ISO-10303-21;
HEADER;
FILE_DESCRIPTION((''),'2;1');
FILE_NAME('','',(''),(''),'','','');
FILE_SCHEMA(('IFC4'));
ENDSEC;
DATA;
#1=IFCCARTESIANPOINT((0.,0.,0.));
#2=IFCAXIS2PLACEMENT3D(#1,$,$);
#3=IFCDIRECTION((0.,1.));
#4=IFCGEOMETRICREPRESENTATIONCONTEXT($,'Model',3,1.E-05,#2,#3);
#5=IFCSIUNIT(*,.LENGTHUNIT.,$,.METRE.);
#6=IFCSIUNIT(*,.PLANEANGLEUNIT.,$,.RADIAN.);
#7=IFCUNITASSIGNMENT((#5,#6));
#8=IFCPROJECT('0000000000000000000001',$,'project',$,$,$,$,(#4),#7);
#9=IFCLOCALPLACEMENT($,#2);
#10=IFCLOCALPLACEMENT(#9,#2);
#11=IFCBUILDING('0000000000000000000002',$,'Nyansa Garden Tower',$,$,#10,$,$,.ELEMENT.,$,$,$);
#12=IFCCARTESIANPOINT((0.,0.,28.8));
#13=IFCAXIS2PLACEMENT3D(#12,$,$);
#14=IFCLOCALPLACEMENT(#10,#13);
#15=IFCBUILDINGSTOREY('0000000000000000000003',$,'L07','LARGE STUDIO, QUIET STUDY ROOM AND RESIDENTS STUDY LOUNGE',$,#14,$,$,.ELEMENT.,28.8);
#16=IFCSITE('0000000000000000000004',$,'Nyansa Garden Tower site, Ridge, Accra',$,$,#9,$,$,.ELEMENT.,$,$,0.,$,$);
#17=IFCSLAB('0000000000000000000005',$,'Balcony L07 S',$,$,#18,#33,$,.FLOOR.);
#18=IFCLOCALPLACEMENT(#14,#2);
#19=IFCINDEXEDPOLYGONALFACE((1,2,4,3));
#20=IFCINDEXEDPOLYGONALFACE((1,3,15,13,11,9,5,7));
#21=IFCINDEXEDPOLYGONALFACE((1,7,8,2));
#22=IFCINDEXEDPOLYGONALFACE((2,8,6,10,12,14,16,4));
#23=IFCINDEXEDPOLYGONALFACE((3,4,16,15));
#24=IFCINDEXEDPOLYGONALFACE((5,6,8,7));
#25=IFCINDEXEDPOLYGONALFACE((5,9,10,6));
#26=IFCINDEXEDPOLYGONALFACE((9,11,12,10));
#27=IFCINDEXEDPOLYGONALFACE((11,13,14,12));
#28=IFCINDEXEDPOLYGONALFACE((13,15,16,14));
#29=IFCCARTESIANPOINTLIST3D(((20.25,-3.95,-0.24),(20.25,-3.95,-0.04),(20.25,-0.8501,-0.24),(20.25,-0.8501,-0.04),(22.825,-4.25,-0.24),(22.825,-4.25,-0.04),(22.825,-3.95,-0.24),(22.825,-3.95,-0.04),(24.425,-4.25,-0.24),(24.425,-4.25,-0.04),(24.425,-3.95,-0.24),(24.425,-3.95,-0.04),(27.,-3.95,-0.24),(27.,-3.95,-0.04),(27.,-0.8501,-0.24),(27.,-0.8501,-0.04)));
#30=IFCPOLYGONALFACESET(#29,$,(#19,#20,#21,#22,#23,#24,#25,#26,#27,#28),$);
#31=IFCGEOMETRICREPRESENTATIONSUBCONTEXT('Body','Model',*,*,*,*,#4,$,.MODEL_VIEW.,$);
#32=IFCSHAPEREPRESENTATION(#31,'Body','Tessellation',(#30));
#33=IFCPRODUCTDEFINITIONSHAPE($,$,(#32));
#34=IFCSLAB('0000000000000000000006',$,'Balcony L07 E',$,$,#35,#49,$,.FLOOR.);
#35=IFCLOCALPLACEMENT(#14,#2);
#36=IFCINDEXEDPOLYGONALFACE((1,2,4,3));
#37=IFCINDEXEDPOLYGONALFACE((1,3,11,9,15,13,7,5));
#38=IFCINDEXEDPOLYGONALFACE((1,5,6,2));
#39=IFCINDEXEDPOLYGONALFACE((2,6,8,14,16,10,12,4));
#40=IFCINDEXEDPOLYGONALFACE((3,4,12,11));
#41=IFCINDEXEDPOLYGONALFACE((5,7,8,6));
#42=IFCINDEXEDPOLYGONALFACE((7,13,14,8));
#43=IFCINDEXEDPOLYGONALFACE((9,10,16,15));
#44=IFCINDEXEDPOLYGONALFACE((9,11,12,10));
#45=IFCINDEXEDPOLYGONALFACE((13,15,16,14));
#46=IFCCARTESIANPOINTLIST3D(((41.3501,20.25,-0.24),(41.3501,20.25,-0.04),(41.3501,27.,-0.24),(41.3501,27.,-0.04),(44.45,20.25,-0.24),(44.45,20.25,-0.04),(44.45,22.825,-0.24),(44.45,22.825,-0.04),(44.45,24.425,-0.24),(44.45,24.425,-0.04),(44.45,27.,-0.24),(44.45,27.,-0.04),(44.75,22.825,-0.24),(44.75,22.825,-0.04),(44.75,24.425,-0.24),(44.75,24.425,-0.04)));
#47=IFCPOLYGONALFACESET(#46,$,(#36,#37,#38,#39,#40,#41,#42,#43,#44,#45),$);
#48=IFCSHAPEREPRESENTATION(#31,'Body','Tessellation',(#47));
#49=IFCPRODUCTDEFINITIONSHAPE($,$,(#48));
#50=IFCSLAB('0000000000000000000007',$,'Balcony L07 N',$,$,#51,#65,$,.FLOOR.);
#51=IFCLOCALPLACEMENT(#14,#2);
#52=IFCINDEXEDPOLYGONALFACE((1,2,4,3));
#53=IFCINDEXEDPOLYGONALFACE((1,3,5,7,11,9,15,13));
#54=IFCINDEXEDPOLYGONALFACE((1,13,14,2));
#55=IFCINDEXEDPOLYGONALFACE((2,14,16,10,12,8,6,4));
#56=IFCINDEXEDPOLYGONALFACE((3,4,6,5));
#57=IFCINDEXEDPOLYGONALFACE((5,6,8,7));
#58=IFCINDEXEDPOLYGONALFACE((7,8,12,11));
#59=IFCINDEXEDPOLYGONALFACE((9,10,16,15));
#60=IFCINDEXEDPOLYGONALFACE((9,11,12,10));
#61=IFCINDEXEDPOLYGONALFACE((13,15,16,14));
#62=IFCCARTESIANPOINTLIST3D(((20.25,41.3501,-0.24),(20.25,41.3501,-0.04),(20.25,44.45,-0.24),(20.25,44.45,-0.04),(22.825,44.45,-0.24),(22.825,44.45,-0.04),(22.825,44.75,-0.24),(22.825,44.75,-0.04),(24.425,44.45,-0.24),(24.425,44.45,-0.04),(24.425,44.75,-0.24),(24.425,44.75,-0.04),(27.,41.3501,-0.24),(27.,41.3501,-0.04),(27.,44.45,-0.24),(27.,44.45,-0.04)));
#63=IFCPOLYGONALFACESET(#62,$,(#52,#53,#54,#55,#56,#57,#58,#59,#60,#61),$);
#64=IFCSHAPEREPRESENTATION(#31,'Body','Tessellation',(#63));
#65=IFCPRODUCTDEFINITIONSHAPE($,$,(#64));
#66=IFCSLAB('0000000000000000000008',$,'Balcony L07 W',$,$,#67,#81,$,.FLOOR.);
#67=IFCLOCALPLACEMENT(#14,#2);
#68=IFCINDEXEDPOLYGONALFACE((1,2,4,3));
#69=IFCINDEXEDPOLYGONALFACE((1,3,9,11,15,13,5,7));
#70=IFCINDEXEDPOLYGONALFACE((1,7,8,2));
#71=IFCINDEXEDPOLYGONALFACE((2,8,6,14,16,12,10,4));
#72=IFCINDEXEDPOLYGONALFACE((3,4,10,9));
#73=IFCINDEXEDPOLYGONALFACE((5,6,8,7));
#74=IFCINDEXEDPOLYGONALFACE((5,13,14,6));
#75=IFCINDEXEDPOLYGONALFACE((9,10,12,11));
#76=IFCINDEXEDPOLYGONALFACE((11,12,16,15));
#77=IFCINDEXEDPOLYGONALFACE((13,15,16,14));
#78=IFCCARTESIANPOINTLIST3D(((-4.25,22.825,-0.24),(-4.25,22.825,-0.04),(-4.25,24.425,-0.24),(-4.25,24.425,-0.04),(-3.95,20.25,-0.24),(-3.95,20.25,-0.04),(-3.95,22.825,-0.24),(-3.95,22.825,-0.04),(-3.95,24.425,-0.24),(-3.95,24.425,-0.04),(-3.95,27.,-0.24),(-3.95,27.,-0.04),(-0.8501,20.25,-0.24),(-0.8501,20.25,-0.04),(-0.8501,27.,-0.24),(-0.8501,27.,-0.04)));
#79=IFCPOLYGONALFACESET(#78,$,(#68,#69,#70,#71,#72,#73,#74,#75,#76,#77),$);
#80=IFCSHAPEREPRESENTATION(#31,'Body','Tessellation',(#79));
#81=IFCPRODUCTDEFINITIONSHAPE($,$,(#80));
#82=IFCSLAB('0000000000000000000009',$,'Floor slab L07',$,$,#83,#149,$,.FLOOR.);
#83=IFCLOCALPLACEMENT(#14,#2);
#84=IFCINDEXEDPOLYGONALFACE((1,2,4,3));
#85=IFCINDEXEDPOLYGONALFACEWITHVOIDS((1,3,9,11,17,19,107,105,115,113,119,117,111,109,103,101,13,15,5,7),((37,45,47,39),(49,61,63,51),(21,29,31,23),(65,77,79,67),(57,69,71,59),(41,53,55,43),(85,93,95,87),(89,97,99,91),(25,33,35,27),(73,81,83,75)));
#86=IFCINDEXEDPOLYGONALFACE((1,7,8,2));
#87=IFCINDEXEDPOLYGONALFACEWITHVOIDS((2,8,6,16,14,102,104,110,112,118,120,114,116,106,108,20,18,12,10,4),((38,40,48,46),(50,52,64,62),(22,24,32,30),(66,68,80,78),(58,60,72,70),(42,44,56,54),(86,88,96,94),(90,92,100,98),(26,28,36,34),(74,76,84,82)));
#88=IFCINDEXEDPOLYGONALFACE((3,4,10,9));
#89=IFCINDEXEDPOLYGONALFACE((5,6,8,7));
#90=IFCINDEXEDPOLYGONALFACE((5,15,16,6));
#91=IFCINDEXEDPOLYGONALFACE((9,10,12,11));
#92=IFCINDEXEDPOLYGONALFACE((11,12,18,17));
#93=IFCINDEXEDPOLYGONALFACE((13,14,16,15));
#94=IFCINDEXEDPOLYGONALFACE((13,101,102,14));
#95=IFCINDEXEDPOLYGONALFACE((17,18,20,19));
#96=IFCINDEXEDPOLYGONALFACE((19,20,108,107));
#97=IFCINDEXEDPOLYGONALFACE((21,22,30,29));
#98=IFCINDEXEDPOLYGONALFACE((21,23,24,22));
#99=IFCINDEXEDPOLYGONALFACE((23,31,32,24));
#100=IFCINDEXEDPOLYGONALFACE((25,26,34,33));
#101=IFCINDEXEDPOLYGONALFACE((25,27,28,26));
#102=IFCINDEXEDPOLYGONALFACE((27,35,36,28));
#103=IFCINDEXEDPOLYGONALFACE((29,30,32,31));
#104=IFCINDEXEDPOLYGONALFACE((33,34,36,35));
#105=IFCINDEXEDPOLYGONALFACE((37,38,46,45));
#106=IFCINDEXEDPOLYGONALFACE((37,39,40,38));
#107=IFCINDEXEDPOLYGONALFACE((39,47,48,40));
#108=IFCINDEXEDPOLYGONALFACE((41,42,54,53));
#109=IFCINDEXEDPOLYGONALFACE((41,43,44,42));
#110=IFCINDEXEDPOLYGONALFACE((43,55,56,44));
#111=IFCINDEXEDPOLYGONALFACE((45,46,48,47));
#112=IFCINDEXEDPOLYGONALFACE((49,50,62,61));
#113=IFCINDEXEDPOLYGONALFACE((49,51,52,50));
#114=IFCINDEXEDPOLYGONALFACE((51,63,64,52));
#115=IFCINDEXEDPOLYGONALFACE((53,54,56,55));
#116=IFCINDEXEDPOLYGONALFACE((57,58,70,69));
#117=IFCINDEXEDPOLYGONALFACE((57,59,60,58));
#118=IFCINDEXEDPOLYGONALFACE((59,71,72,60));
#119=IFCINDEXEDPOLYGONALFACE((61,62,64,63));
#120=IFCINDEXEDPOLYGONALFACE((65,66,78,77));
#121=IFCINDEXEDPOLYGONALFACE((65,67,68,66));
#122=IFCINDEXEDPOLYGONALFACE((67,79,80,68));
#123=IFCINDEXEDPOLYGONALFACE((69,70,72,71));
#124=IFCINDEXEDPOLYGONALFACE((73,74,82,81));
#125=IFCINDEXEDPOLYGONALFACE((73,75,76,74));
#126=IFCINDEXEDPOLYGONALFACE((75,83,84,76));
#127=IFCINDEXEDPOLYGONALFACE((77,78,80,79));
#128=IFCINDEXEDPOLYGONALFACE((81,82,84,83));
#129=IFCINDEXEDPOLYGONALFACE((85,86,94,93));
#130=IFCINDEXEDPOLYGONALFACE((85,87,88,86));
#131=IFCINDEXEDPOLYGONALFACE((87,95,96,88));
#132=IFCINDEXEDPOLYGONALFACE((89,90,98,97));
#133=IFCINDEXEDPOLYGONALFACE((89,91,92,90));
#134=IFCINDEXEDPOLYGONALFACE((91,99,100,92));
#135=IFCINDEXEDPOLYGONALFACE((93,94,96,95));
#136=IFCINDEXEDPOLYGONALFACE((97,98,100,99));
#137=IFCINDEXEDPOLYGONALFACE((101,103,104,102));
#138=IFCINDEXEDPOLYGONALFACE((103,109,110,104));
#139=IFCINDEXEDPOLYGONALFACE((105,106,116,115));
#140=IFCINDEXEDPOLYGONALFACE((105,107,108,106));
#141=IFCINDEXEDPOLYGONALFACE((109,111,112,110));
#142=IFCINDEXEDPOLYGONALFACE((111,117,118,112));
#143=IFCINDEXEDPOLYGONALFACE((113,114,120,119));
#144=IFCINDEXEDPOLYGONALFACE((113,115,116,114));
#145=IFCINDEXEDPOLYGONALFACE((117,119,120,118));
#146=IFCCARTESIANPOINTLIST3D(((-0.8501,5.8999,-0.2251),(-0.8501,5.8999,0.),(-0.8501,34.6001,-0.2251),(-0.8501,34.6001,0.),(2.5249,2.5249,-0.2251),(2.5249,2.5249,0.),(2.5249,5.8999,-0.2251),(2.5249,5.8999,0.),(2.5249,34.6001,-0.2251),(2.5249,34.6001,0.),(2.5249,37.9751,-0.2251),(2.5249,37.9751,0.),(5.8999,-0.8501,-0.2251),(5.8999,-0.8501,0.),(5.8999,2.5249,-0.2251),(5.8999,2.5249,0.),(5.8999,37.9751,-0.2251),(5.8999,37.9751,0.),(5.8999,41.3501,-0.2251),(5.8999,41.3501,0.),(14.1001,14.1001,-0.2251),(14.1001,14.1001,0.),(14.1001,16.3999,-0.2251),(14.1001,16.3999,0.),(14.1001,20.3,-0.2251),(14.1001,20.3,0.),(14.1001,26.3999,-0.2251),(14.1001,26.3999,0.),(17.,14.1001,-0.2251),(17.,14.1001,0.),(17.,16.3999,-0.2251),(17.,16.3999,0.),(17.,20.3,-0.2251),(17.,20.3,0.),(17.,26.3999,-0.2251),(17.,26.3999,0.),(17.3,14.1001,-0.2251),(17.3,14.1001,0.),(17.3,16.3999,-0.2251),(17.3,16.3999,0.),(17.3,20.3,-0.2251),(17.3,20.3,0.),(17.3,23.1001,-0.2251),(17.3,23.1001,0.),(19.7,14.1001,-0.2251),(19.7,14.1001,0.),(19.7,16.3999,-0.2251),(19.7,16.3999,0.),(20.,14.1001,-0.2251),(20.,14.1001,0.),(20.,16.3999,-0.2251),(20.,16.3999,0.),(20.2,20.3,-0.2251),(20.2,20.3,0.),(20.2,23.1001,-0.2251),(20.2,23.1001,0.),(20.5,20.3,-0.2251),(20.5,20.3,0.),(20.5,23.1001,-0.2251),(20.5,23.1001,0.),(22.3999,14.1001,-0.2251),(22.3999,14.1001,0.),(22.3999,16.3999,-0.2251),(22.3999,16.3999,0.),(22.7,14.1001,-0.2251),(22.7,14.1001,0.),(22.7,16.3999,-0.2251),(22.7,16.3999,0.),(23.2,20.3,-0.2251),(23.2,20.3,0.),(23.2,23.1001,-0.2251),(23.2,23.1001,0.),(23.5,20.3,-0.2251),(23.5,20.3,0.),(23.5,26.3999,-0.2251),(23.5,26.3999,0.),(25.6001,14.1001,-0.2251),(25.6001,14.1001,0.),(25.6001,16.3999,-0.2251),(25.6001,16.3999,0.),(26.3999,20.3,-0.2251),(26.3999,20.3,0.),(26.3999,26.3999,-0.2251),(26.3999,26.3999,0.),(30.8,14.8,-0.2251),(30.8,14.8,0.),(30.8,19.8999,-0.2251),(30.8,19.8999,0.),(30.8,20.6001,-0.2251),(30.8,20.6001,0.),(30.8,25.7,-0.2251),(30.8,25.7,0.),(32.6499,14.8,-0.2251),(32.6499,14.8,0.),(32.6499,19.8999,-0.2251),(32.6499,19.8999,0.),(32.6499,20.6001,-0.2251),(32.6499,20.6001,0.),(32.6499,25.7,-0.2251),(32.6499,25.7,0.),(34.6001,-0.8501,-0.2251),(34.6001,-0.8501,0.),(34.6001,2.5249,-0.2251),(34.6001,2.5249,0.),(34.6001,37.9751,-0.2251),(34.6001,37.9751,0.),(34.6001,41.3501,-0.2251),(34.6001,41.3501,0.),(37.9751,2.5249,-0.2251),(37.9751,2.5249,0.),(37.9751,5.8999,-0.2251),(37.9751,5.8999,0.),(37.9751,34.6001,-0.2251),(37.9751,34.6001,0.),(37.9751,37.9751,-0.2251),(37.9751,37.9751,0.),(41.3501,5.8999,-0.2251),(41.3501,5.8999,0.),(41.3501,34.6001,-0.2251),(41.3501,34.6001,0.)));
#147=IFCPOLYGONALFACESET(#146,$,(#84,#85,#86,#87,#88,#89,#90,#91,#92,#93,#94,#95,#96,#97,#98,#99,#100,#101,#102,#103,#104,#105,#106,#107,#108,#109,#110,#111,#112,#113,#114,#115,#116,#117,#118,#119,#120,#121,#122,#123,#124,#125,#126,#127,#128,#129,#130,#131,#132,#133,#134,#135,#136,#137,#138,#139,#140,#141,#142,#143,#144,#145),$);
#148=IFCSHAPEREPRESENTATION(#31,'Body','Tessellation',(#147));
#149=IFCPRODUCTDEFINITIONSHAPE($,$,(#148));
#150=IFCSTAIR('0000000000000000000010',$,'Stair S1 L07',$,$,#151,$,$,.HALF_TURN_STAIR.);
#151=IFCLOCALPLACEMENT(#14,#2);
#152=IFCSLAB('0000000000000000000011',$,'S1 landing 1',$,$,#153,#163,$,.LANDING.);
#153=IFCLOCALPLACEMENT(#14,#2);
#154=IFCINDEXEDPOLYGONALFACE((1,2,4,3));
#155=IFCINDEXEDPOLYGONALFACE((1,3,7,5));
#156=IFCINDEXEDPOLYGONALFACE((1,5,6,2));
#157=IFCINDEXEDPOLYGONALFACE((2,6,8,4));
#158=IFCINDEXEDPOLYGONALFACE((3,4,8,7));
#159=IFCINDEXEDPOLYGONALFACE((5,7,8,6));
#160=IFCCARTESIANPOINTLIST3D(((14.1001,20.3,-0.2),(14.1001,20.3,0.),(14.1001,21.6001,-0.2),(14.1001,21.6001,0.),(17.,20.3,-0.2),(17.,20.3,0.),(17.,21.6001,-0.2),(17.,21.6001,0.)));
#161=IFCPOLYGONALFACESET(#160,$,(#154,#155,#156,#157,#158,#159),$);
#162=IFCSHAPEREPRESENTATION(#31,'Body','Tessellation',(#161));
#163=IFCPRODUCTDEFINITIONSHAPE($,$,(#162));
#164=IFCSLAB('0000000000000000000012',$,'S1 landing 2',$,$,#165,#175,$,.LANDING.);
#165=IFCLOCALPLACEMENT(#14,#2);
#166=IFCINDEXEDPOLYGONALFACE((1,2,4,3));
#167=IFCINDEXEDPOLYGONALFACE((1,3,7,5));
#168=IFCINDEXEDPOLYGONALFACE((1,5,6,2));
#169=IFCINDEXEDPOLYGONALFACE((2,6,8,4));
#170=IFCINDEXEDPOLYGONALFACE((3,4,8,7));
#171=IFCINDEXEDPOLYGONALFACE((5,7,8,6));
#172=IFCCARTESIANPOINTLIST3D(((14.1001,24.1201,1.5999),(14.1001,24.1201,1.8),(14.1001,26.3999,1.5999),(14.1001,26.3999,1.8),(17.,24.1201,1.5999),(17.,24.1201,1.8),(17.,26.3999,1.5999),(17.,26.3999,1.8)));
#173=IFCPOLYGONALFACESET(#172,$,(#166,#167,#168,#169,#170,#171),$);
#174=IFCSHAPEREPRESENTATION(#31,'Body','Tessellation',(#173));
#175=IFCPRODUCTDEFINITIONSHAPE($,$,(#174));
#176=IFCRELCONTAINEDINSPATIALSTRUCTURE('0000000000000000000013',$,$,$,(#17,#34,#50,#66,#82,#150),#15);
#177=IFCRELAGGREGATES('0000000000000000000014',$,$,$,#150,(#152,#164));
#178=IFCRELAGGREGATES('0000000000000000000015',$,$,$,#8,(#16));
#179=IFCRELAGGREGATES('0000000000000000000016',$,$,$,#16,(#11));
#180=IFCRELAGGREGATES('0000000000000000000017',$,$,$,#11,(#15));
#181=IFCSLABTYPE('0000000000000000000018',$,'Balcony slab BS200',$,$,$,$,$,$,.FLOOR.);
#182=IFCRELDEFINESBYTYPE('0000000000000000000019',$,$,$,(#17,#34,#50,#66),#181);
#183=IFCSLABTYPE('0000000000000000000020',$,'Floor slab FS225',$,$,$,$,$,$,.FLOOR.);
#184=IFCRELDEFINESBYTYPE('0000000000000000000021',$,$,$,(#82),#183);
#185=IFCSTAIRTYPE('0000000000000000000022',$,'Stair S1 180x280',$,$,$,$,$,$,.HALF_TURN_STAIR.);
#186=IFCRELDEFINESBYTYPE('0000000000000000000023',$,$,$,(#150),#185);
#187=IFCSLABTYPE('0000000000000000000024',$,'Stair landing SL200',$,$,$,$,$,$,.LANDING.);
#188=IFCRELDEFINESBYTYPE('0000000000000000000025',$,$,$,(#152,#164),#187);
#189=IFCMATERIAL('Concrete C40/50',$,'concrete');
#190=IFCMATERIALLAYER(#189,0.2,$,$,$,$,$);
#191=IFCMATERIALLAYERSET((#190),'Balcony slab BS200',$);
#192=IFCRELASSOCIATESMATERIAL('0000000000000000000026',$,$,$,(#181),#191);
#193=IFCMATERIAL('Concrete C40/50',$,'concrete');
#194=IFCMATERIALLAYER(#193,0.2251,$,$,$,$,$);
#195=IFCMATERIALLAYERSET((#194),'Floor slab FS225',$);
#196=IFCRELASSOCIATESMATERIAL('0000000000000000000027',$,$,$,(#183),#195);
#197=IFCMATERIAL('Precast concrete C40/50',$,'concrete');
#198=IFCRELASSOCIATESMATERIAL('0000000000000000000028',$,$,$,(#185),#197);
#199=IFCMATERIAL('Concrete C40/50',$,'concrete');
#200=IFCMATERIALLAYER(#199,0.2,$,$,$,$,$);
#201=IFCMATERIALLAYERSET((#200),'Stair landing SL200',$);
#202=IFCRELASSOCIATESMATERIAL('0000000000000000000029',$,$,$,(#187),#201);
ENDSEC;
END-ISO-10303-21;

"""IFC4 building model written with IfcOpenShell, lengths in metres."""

from ifc_helpers import new_model, si_unit, direction, frame, origin, place, context, subcontext, project, spatial, polyline, outline, extrude, material, layer, layer_set, type_object, element, aggregate, save


model = new_model("IFC4")

# Units and contexts
model_context = context("Model", 3, precision=1e-05, world=origin(), true_north=direction((0.0, 1.0)))
body_context = subcontext(model_context, "Body", "Model", "MODEL_VIEW")
ifc_project = project(units=[si_unit("LENGTHUNIT", "METRE"), si_unit("PLANEANGLEUNIT", "RADIAN")], contexts=[model_context])

# Site, building, storey
site_placement = place(None, origin())
site = spatial("IfcSite", under=ifc_project, at=site_placement, Name="Nyansa Garden Tower site, Ridge, Accra", CompositionType="ELEMENT", RefElevation=0.0)
building_placement = place(site_placement, origin())
building = spatial("IfcBuilding", under=site, at=building_placement, Name="Nyansa Garden Tower", CompositionType="ELEMENT")
storey_placement = place(building_placement, frame((0.0, 0.0, 28.8)))
storey = spatial("IfcBuildingStorey", under=building, at=storey_placement, Name="L07", Description="LARGE STUDIO, QUIET STUDY ROOM AND RESIDENTS STUDY LOUNGE", CompositionType="ELEMENT", Elevation=28.8)

# Slabs
ifc_material_1 = material(Name="Concrete C40/50", Category="concrete")
ifc_layer_1 = layer(ifc_material_1, 0.2)
ifc_layer_set_1 = layer_set([ifc_layer_1], Name="Balcony slab BS200")
slab_type_1 = type_object("IfcSlabType", Name="Balcony slab BS200", PredefinedType="FLOOR", material=ifc_layer_set_1)
slab_1_placement = place(storey_placement, frame((0.0, 0.0, -0.24)))
element("IfcSlab", 1, at=slab_1_placement, inside=storey, type_object=slab_type_1, Name="Balcony L07 S", PredefinedType="FLOOR", context=body_context, shape_type="SweptSolid", body=[
    extrude(outline(polyline([(20.25, -0.8501), (27.0, -0.8501), (27.0, -3.95), (24.425, -3.95), (24.425, -4.25), (22.825, -4.25), (22.825, -3.95), (20.25, -3.95), (20.25, -0.8501)])), origin(), (0.0, 0.0, 1.0), 0.2),
])
slab_2_placement = place(storey_placement, frame((0.0, 0.0, -0.24)))
element("IfcSlab", 2, at=slab_2_placement, inside=storey, type_object=slab_type_1, Name="Balcony L07 E", PredefinedType="FLOOR", context=body_context, shape_type="SweptSolid", body=[
    extrude(outline(polyline([(41.3501, 20.25), (41.3501, 27.0), (44.45, 27.0), (44.45, 24.425), (44.75, 24.425), (44.75, 22.825), (44.45, 22.825), (44.45, 20.25), (41.3501, 20.25)])), origin(), (0.0, 0.0, 1.0), 0.2),
])
slab_3_placement = place(storey_placement, frame((0.0, 0.0, -0.24)))
element("IfcSlab", 3, at=slab_3_placement, inside=storey, type_object=slab_type_1, Name="Balcony L07 N", PredefinedType="FLOOR", context=body_context, shape_type="SweptSolid", body=[
    extrude(outline(polyline([(20.25, 41.3501), (27.0, 41.3501), (27.0, 44.45), (24.425, 44.45), (24.425, 44.75), (22.825, 44.75), (22.825, 44.45), (20.25, 44.45), (20.25, 41.3501)])), origin(), (0.0, 0.0, 1.0), 0.2),
])
slab_4_placement = place(storey_placement, frame((0.0, 0.0, -0.24)))
element("IfcSlab", 4, at=slab_4_placement, inside=storey, type_object=slab_type_1, Name="Balcony L07 W", PredefinedType="FLOOR", context=body_context, shape_type="SweptSolid", body=[
    extrude(outline(polyline([(-0.8501, 20.25), (-0.8501, 27.0), (-3.95, 27.0), (-3.95, 24.425), (-4.25, 24.425), (-4.25, 22.825), (-3.95, 22.825), (-3.95, 20.25), (-0.8501, 20.25)])), origin(), (0.0, 0.0, 1.0), 0.2),
])
ifc_material_2 = material(Name="Concrete C40/50", Category="concrete")
ifc_layer_2 = layer(ifc_material_2, 0.2251)
ifc_layer_set_2 = layer_set([ifc_layer_2], Name="Floor slab FS225")
slab_type_2 = type_object("IfcSlabType", Name="Floor slab FS225", PredefinedType="FLOOR", material=ifc_layer_set_2)
slab_5_placement = place(storey_placement, frame((0.0, 0.0, -0.2251)))
element("IfcSlab", 5, at=slab_5_placement, inside=storey, type_object=slab_type_2, Name="Floor slab L07", PredefinedType="FLOOR", context=body_context, shape_type="SweptSolid", body=[
    extrude(outline(polyline([(41.3501, 5.8999), (37.9751, 5.8999), (37.9751, 2.5249), (34.6001, 2.5249), (34.6001, -0.8501), (5.8999, -0.8501), (5.8999, 2.5249), (2.5249, 2.5249), (2.5249, 5.8999), (-0.8501, 5.8999), (-0.8501, 34.6001), (2.5249, 34.6001), (2.5249, 37.9751), (5.8999, 37.9751), (5.8999, 41.3501), (34.6001, 41.3501), (34.6001, 37.9751), (37.9751, 37.9751), (37.9751, 34.6001), (41.3501, 34.6001), (41.3501, 5.8999)]), holes=[polyline([(14.1001, 14.1001), (17.0, 14.1001), (17.0, 16.3999), (14.1001, 16.3999), (14.1001, 14.1001)]), polyline([(17.3, 14.1001), (19.7, 14.1001), (19.7, 16.3999), (17.3, 16.3999), (17.3, 14.1001)]), polyline([(20.0, 14.1001), (22.3999, 14.1001), (22.3999, 16.3999), (20.0, 16.3999), (20.0, 14.1001)]), polyline([(22.7, 14.1001), (25.6001, 14.1001), (25.6001, 16.3999), (22.7, 16.3999), (22.7, 14.1001)]), polyline([(17.3, 20.3), (20.2, 20.3), (20.2, 23.1001), (17.3, 23.1001), (17.3, 20.3)]), polyline([(20.5, 20.3), (23.2, 20.3), (23.2, 23.1001), (20.5, 23.1001), (20.5, 20.3)]), polyline([(30.8, 14.8), (32.6499, 14.8), (32.6499, 19.8999), (30.8, 19.8999), (30.8, 14.8)]), polyline([(30.8, 20.6001), (32.6499, 20.6001), (32.6499, 25.7), (30.8, 25.7), (30.8, 20.6001)]), polyline([(14.1001, 20.3), (17.0, 20.3), (17.0, 26.3999), (14.1001, 26.3999), (14.1001, 20.3)]), polyline([(23.5, 20.3), (26.3999, 20.3), (26.3999, 26.3999), (23.5, 26.3999), (23.5, 20.3)])]), origin(), (0.0, 0.0, 1.0), 0.2251),
])

# Stair, slabs
ifc_material_3 = material(Name="Precast concrete C40/50", Category="concrete")
stair_type = type_object("IfcStairType", Name="Stair S1 180x280", PredefinedType="HALF_TURN_STAIR", material=ifc_material_3)
stair_placement = place(storey_placement, origin())
stair = element("IfcStair", 6, at=stair_placement, inside=storey, type_object=stair_type, Name="Stair S1 L07", PredefinedType="HALF_TURN_STAIR")
ifc_material_4 = material(Name="Concrete C40/50", Category="concrete")
ifc_layer_3 = layer(ifc_material_4, 0.2)
ifc_layer_set_3 = layer_set([ifc_layer_3], Name="Stair landing SL200")
slab_type_3 = type_object("IfcSlabType", Name="Stair landing SL200", PredefinedType="LANDING", material=ifc_layer_set_3)
slab_6_placement = place(storey_placement, frame((0.0, 0.0, -0.2)))
slab_6 = element("IfcSlab", 7, at=slab_6_placement, type_object=slab_type_3, Name="S1 landing 1", PredefinedType="LANDING", context=body_context, shape_type="SweptSolid", body=[
    extrude(outline(polyline([(14.1001, 20.3), (17.0, 20.3), (17.0, 21.6001), (14.1001, 21.6001), (14.1001, 20.3)])), origin(), (0.0, 0.0, 1.0), 0.2),
])
slab_7_placement = place(storey_placement, frame((0.0, 0.0, 1.5999)))
slab_7 = element("IfcSlab", 8, at=slab_7_placement, type_object=slab_type_3, Name="S1 landing 2", PredefinedType="LANDING", context=body_context, shape_type="SweptSolid", body=[
    extrude(outline(polyline([(14.1001, 24.1201), (17.0, 24.1201), (17.0, 26.3999), (14.1001, 26.3999), (14.1001, 24.1201)])), origin(), (0.0, 0.0, 1.0), 0.2002),
])
aggregate(stair, [slab_6, slab_7])

save(model, "model.ifc")
